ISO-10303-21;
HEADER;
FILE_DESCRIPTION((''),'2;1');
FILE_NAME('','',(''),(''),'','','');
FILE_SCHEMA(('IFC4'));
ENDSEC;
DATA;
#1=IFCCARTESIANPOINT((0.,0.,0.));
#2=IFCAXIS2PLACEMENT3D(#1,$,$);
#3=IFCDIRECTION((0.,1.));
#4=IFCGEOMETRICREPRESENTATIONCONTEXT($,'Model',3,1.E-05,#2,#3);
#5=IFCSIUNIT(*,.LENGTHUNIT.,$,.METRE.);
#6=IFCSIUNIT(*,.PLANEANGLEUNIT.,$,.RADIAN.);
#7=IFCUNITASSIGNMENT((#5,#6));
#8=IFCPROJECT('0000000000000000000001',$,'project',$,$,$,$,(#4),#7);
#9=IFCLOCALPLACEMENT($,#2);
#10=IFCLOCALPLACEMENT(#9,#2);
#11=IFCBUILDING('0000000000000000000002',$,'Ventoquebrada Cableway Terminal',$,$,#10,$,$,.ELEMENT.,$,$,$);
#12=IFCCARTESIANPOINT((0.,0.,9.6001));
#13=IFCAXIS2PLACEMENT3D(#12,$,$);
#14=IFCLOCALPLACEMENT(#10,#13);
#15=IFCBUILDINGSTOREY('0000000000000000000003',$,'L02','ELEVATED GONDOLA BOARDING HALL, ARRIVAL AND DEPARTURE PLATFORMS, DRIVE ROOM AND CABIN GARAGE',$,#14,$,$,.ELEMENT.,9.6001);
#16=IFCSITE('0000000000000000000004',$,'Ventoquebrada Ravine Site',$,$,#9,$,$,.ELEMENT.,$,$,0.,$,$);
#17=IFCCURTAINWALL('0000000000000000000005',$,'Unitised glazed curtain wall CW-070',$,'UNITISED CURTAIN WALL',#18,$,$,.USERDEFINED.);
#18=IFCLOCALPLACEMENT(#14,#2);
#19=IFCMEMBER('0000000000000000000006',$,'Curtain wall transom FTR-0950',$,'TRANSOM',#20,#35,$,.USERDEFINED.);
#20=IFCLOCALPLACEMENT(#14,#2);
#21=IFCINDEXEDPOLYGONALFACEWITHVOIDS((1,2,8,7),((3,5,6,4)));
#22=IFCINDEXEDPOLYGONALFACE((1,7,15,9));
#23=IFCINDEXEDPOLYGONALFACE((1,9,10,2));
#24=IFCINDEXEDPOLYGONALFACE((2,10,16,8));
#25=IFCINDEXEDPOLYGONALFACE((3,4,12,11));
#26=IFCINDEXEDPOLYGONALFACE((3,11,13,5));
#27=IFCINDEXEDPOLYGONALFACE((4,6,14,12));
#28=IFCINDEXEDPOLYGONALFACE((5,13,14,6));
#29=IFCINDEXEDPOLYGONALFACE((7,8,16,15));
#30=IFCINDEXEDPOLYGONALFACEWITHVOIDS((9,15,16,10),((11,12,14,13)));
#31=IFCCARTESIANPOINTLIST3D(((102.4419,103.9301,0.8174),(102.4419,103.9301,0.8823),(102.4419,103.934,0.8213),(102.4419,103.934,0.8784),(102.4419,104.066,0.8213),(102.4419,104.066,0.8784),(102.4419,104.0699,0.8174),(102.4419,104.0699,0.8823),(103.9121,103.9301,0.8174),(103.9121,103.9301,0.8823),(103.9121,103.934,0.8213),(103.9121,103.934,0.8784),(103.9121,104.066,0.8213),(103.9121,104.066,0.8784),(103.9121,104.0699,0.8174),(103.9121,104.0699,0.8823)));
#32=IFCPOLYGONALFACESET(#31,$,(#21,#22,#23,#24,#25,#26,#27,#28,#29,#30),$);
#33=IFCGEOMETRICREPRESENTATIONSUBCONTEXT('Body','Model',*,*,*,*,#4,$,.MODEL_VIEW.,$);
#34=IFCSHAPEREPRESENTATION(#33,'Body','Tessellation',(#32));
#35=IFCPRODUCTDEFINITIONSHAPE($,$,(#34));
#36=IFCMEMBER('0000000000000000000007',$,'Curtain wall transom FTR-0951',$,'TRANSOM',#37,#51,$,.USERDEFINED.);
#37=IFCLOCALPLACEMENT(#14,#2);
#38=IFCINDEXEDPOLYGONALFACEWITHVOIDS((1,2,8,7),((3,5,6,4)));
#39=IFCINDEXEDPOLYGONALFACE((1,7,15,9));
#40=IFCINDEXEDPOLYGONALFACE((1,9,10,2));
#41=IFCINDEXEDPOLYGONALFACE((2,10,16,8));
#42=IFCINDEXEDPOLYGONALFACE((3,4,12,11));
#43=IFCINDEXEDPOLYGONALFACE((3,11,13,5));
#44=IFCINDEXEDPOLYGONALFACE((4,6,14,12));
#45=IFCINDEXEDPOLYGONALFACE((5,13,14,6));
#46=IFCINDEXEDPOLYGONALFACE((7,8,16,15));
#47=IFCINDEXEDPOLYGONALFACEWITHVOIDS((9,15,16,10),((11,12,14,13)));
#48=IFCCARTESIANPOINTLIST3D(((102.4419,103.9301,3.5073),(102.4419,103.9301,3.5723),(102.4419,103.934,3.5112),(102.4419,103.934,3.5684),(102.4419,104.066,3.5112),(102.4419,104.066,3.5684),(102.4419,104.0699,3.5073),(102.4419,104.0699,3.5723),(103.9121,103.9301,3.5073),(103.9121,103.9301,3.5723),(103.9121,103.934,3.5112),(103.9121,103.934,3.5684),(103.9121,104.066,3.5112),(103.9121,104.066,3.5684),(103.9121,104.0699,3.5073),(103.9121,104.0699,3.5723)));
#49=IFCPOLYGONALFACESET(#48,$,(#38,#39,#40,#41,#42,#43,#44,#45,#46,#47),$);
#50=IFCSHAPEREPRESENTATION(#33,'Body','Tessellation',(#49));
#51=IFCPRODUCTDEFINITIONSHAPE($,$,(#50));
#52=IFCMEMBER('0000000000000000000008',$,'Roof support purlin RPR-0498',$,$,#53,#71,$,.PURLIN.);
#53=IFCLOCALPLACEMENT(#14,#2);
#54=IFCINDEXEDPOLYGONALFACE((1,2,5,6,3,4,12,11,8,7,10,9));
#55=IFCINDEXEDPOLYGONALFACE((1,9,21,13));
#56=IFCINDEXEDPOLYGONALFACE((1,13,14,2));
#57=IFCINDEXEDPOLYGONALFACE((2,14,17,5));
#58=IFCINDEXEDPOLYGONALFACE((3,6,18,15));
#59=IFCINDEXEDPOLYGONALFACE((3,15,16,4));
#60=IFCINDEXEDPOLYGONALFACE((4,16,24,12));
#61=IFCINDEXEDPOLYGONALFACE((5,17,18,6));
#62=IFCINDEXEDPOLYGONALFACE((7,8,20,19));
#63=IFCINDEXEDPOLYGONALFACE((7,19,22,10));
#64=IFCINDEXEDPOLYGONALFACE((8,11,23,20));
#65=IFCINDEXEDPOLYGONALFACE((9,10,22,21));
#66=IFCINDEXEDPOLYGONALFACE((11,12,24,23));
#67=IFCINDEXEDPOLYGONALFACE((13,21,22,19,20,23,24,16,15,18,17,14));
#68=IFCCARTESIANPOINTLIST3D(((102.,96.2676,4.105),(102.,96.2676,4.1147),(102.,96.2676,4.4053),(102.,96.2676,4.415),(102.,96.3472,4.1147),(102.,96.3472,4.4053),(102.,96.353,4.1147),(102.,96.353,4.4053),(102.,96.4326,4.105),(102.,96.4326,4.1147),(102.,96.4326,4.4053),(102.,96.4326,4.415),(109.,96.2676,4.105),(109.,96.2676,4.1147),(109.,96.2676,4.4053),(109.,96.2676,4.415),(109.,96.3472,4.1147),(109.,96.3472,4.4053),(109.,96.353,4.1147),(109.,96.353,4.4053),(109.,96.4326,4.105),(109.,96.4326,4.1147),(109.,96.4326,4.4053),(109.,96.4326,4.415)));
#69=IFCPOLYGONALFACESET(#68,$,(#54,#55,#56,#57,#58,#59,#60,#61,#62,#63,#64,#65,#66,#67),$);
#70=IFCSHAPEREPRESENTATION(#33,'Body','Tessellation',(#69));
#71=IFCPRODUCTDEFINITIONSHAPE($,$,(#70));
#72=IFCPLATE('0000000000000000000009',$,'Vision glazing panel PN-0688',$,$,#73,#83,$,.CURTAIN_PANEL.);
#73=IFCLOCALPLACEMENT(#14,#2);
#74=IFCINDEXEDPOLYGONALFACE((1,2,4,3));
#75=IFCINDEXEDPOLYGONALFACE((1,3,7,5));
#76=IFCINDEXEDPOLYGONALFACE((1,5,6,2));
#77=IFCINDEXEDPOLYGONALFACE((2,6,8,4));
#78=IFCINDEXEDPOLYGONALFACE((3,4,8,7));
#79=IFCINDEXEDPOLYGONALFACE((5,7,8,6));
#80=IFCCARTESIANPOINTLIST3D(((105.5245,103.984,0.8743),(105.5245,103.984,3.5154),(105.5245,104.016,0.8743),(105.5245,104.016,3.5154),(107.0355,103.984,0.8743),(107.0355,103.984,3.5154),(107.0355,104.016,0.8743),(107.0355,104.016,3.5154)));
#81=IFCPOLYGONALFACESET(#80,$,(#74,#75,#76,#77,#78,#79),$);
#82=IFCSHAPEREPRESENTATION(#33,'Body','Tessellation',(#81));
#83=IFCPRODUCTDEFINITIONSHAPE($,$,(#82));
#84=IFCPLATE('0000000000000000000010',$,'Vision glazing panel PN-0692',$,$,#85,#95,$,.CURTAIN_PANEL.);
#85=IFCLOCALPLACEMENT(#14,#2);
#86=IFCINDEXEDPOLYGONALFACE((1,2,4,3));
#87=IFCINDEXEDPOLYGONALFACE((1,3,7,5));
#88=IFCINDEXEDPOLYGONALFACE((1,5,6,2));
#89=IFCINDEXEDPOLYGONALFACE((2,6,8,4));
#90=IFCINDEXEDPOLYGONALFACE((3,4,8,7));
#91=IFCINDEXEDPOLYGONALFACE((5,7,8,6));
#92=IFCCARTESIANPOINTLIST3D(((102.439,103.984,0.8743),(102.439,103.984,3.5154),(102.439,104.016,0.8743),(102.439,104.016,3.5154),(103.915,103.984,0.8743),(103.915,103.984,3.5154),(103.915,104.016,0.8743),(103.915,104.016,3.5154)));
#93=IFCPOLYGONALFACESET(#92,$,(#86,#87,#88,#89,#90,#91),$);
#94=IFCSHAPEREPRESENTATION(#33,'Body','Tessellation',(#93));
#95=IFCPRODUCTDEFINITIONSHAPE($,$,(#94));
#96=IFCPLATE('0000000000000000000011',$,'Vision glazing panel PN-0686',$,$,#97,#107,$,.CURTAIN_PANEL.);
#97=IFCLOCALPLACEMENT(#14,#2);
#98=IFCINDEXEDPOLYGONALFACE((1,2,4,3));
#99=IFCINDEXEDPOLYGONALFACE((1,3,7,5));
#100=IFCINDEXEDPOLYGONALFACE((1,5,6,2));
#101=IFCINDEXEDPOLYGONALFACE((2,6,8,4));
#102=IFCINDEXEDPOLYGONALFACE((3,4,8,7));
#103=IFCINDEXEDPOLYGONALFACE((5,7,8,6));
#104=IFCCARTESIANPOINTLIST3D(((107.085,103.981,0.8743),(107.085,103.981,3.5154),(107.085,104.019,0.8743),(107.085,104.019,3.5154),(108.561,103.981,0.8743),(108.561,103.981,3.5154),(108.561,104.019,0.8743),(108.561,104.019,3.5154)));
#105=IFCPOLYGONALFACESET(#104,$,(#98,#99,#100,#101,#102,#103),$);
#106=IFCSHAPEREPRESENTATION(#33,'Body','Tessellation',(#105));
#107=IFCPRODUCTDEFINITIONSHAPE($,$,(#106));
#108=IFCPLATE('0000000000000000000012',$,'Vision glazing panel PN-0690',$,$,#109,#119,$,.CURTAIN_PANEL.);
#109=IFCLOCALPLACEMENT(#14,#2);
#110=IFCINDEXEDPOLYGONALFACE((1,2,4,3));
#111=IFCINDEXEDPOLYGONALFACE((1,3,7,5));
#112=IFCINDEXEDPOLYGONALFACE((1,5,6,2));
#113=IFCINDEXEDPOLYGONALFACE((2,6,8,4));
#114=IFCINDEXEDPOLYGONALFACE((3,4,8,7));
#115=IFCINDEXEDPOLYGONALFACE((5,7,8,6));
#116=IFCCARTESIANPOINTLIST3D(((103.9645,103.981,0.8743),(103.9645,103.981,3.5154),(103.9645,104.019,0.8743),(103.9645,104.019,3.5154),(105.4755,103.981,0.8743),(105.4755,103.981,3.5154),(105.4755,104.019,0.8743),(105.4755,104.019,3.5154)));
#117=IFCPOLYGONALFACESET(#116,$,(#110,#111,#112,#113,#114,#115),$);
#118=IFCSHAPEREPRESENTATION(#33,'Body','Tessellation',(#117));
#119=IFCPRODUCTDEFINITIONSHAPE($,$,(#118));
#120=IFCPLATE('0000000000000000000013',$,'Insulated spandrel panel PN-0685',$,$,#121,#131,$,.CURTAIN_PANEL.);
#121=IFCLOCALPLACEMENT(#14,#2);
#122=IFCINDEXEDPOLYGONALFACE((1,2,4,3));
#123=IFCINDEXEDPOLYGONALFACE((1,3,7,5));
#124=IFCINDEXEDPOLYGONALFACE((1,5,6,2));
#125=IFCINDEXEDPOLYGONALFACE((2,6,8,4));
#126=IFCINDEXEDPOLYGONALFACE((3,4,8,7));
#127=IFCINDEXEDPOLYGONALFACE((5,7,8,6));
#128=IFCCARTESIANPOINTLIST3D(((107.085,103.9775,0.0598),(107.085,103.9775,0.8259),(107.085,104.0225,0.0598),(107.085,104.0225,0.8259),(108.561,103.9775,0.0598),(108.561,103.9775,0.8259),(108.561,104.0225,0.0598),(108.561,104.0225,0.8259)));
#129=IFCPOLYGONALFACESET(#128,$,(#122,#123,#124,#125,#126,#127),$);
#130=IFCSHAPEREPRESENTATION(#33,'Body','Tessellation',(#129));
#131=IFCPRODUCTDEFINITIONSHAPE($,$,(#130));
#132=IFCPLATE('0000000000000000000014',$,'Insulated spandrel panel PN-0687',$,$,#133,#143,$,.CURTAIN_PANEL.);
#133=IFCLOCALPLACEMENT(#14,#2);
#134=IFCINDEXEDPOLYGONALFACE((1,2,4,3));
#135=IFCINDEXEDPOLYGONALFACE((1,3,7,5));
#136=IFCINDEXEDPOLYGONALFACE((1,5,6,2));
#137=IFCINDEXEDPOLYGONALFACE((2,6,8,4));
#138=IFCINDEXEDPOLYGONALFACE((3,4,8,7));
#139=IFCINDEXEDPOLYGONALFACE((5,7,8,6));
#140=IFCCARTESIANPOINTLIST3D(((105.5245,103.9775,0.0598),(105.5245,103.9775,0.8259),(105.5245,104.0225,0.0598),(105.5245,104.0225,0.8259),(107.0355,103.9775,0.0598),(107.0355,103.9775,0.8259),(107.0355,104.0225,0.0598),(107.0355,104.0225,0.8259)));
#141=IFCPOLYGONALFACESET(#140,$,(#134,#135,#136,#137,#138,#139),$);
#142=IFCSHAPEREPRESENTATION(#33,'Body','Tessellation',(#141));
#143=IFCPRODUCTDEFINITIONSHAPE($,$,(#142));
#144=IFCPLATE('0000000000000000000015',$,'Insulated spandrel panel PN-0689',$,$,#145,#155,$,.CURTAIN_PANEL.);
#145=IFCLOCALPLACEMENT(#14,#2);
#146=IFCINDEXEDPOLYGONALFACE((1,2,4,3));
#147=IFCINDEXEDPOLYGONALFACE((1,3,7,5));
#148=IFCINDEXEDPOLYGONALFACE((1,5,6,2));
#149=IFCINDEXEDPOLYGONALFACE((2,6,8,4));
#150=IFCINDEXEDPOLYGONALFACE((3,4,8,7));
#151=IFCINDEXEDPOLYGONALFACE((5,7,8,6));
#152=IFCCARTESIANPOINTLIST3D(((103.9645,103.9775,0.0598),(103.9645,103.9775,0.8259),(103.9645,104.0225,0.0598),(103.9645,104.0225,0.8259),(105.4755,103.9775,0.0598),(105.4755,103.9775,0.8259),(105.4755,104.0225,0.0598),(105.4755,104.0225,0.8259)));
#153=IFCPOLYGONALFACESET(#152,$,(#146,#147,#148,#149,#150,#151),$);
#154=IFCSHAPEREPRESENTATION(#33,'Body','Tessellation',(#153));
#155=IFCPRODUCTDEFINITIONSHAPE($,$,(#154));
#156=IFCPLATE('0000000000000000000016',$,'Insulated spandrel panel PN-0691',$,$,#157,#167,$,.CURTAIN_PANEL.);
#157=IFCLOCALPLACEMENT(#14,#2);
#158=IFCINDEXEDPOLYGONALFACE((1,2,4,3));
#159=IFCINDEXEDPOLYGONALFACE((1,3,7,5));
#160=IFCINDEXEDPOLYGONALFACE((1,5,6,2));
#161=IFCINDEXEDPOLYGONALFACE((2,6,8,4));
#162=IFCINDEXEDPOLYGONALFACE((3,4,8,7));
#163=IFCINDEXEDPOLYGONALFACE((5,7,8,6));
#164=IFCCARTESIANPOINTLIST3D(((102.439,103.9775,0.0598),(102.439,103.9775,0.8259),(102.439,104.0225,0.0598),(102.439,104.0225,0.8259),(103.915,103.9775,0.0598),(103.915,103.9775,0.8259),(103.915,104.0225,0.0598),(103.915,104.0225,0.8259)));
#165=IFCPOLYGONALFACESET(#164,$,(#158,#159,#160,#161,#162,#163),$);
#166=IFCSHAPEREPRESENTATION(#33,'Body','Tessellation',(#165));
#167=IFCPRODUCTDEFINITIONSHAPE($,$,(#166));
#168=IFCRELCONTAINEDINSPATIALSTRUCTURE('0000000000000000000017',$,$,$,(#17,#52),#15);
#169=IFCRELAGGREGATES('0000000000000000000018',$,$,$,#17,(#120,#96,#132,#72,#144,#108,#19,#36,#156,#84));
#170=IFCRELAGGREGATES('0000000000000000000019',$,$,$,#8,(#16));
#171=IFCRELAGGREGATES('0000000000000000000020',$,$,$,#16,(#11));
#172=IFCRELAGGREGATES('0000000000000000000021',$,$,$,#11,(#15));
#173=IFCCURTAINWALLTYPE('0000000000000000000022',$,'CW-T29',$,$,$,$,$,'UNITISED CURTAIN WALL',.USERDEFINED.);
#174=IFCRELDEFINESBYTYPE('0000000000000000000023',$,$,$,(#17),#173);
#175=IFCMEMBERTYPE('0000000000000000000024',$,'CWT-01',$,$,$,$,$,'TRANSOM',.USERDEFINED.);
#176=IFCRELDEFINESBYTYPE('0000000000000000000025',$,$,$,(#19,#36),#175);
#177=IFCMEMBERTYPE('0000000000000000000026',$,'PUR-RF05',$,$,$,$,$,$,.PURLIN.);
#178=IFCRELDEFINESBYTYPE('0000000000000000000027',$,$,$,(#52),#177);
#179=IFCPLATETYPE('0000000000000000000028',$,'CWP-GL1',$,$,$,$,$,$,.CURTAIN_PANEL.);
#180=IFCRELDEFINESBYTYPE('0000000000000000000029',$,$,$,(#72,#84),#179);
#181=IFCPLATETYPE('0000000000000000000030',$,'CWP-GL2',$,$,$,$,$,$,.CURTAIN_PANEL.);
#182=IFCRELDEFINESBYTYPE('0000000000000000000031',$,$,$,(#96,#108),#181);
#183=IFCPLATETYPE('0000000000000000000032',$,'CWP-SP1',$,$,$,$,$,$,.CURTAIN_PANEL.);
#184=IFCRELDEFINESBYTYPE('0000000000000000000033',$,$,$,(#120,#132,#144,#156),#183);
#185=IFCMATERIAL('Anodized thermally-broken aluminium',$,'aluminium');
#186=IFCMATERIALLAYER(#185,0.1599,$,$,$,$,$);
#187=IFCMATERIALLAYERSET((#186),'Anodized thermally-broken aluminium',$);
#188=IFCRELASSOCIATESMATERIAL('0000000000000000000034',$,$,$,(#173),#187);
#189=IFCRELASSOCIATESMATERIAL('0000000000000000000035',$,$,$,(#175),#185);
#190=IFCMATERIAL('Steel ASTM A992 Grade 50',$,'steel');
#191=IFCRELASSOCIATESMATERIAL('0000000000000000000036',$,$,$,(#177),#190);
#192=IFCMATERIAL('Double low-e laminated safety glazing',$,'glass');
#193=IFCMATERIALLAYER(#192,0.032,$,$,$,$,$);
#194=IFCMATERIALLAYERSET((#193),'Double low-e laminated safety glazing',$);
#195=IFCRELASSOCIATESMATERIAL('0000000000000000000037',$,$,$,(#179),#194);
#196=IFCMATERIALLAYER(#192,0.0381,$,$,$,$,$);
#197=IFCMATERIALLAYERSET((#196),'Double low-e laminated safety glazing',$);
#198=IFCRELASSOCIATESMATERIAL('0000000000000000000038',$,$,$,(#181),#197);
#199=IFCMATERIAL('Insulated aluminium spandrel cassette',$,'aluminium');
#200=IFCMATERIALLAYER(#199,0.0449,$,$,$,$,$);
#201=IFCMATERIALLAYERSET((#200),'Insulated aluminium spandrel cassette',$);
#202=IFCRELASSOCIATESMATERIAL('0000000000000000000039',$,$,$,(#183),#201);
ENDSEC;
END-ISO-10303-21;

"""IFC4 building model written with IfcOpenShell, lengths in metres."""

from ifc_helpers import new_model, si_unit, direction, frame, origin, origin_2d, place, context, subcontext, project, spatial, rectangle, hollow_rectangle, i_section, extrude, material, layer, layer_set, material_profile, profile_set, type_object, element, aggregate, save


model = new_model("IFC4")

# Units and contexts
model_context = context("Model", 3, precision=1e-05, world=origin(), true_north=direction((0.0, 1.0)))
body_context = subcontext(model_context, "Body", "Model", "MODEL_VIEW")
ifc_project = project(units=[si_unit("LENGTHUNIT", "METRE"), si_unit("PLANEANGLEUNIT", "RADIAN")], contexts=[model_context])

# Site, building, storey
site_placement = place(None, origin())
site = spatial("IfcSite", under=ifc_project, at=site_placement, Name="Ventoquebrada Ravine Site", CompositionType="ELEMENT", RefElevation=0.0)
building_placement = place(site_placement, origin())
building = spatial("IfcBuilding", under=site, at=building_placement, Name="Ventoquebrada Cableway Terminal", CompositionType="ELEMENT")
storey_placement = place(building_placement, frame((0.0, 0.0, 9.6001)))
storey = spatial("IfcBuildingStorey", under=building, at=storey_placement, Name="L02", Description="ELEVATED GONDOLA BOARDING HALL, ARRIVAL AND DEPARTURE PLATFORMS, DRIVE ROOM AND CABIN GARAGE", CompositionType="ELEMENT", Elevation=9.6001)

# Shared definitions
ifc_material_1 = material(Name="Anodized thermally-broken aluminium", Category="aluminium")
ifc_layer_1 = layer(ifc_material_1, 0.1599)
ifc_layer_set_1 = layer_set([ifc_layer_1], Name="Anodized thermally-broken aluminium")
curtain_wall_type = type_object("IfcCurtainWallType", Name="CW-T29", ElementType="UNITISED CURTAIN WALL", PredefinedType="USERDEFINED", material=ifc_layer_set_1)

# Curtain wall, members
curtain_wall_1_placement = place(storey_placement, origin())
curtain_wall_1 = element("IfcCurtainWall", 1, at=curtain_wall_1_placement, inside=storey, type_object=curtain_wall_type, Name="Unitised glazed curtain wall CW-070", ObjectType="UNITISED CURTAIN WALL", PredefinedType="USERDEFINED")
ifc_material_profile_1 = material_profile(ifc_material_1, hollow_rectangle(XDim=0.0649, YDim=0.1399, WallThickness=0.0039, at=origin_2d()), Name="CW-TRN-65X140")
ifc_profile_set_1 = profile_set([ifc_material_profile_1], Name="Anodized thermally-broken aluminium")
member_type_1 = type_object("IfcMemberType", Name="CWT-01", ElementType="TRANSOM", PredefinedType="USERDEFINED", material=ifc_profile_set_1)
member_1_placement = place(storey_placement, frame((103.9121, 104.0, 0.8499), z_axis=(-1.0, 0.0, 0.0), x_axis=(0.0, 0.0, 1.0)))
member_1 = element("IfcMember", 2, at=member_1_placement, type_object=member_type_1, Name="Curtain wall transom FTR-0950", ObjectType="TRANSOM", PredefinedType="USERDEFINED", context=body_context, shape_type="SweptSolid", body=[
    extrude(hollow_rectangle(XDim=0.0649, YDim=0.1399, WallThickness=0.0039, at=origin_2d()), origin(), (0.0, 0.0, 1.0), 1.4702),
])
member_2_placement = place(storey_placement, frame((103.9121, 104.0, 3.5398), z_axis=(-1.0, 0.0, 0.0), x_axis=(0.0, 0.0, 1.0)))
member_2 = element("IfcMember", 3, at=member_2_placement, type_object=member_type_1, Name="Curtain wall transom FTR-0951", ObjectType="TRANSOM", PredefinedType="USERDEFINED", context=body_context, shape_type="SweptSolid", body=[
    extrude(hollow_rectangle(XDim=0.0649, YDim=0.1399, WallThickness=0.0039, at=origin_2d()), origin(), (0.0, 0.0, 1.0), 1.4702),
])

# Member
ifc_material_2 = material(Name="Steel ASTM A992 Grade 50", Category="steel")
ifc_material_profile_2 = material_profile(ifc_material_2, i_section(OverallWidth=0.165, OverallDepth=0.3101, WebThickness=0.0059, FlangeThickness=0.0098, at=origin_2d()), Name="W12X26")
ifc_profile_set_2 = profile_set([ifc_material_profile_2], Name="Steel ASTM A992 Grade 50")
member_type_2 = type_object("IfcMemberType", Name="PUR-RF05", PredefinedType="PURLIN", material=ifc_profile_set_2)
member_3_placement = place(storey_placement, frame((102.0, 96.3501, 4.26), z_axis=(1.0, 0.0, 0.0), x_axis=(0.0, 1.0, 0.0)))
element("IfcMember", 4, at=member_3_placement, inside=storey, type_object=member_type_2, Name="Roof support purlin RPR-0498", PredefinedType="PURLIN", context=body_context, shape_type="SweptSolid", body=[
    extrude(i_section(OverallWidth=0.165, OverallDepth=0.3101, WebThickness=0.0059, FlangeThickness=0.0098, at=origin_2d()), origin(), (0.0, 0.0, 1.0), 7.0),
])

# Plates
ifc_material_3 = material(Name="Double low-e laminated safety glazing", Category="glass")
ifc_layer_2 = layer(ifc_material_3, 0.032)
ifc_layer_set_2 = layer_set([ifc_layer_2], Name="Double low-e laminated safety glazing")
plate_type_1 = type_object("IfcPlateType", Name="CWP-GL1", PredefinedType="CURTAIN_PANEL", material=ifc_layer_set_2)
plate_1_placement = place(storey_placement, frame((106.28, 104.0, 0.8743), z_axis=(0.0, 0.0, 1.0), x_axis=(-1.0, 0.0, 0.0)))
plate_1 = element("IfcPlate", 5, at=plate_1_placement, type_object=plate_type_1, Name="Vision glazing panel PN-0688", PredefinedType="CURTAIN_PANEL", context=body_context, shape_type="SweptSolid", body=[
    extrude(rectangle(XDim=1.511, YDim=0.032, at=origin_2d()), origin(), (0.0, 0.0, 1.0), 2.6411),
])
plate_2_placement = place(storey_placement, frame((103.177, 104.0, 0.8743), z_axis=(0.0, 0.0, 1.0), x_axis=(-1.0, 0.0, 0.0)))
plate_2 = element("IfcPlate", 6, at=plate_2_placement, type_object=plate_type_1, Name="Vision glazing panel PN-0692", PredefinedType="CURTAIN_PANEL", context=body_context, shape_type="SweptSolid", body=[
    extrude(rectangle(XDim=1.4761, YDim=0.032, at=origin_2d()), origin(), (0.0, 0.0, 1.0), 2.6411),
])
ifc_layer_3 = layer(ifc_material_3, 0.0381)
ifc_layer_set_3 = layer_set([ifc_layer_3], Name="Double low-e laminated safety glazing")
plate_type_2 = type_object("IfcPlateType", Name="CWP-GL2", PredefinedType="CURTAIN_PANEL", material=ifc_layer_set_3)
plate_3_placement = place(storey_placement, frame((107.823, 104.0, 0.8743), z_axis=(0.0, 0.0, 1.0), x_axis=(-1.0, 0.0, 0.0)))
plate_3 = element("IfcPlate", 7, at=plate_3_placement, type_object=plate_type_2, Name="Vision glazing panel PN-0686", PredefinedType="CURTAIN_PANEL", context=body_context, shape_type="SweptSolid", body=[
    extrude(rectangle(XDim=1.4761, YDim=0.0381, at=origin_2d()), origin(), (0.0, 0.0, 1.0), 2.6411),
])
plate_4_placement = place(storey_placement, frame((104.72, 104.0, 0.8743), z_axis=(0.0, 0.0, 1.0), x_axis=(-1.0, 0.0, 0.0)))
plate_4 = element("IfcPlate", 8, at=plate_4_placement, type_object=plate_type_2, Name="Vision glazing panel PN-0690", PredefinedType="CURTAIN_PANEL", context=body_context, shape_type="SweptSolid", body=[
    extrude(rectangle(XDim=1.511, YDim=0.0381, at=origin_2d()), origin(), (0.0, 0.0, 1.0), 2.6411),
])
ifc_material_4 = material(Name="Insulated aluminium spandrel cassette", Category="aluminium")
ifc_layer_4 = layer(ifc_material_4, 0.0449)
ifc_layer_set_4 = layer_set([ifc_layer_4], Name="Insulated aluminium spandrel cassette")
plate_type_3 = type_object("IfcPlateType", Name="CWP-SP1", PredefinedType="CURTAIN_PANEL", material=ifc_layer_set_4)
plate_5_placement = place(storey_placement, frame((107.823, 104.0, 0.0598), z_axis=(0.0, 0.0, 1.0), x_axis=(-1.0, 0.0, 0.0)))
plate_5 = element("IfcPlate", 9, at=plate_5_placement, type_object=plate_type_3, Name="Insulated spandrel panel PN-0685", PredefinedType="CURTAIN_PANEL", context=body_context, shape_type="SweptSolid", body=[
    extrude(rectangle(XDim=1.4761, YDim=0.0449, at=origin_2d()), origin(), (0.0, 0.0, 1.0), 0.7661),
])
plate_6_placement = place(storey_placement, frame((106.28, 104.0, 0.0598), z_axis=(0.0, 0.0, 1.0), x_axis=(-1.0, 0.0, 0.0)))
plate_6 = element("IfcPlate", 10, at=plate_6_placement, type_object=plate_type_3, Name="Insulated spandrel panel PN-0687", PredefinedType="CURTAIN_PANEL", context=body_context, shape_type="SweptSolid", body=[
    extrude(rectangle(XDim=1.511, YDim=0.0449, at=origin_2d()), origin(), (0.0, 0.0, 1.0), 0.7661),
])
plate_7_placement = place(storey_placement, frame((104.72, 104.0, 0.0598), z_axis=(0.0, 0.0, 1.0), x_axis=(-1.0, 0.0, 0.0)))
plate_7 = element("IfcPlate", 11, at=plate_7_placement, type_object=plate_type_3, Name="Insulated spandrel panel PN-0689", PredefinedType="CURTAIN_PANEL", context=body_context, shape_type="SweptSolid", body=[
    extrude(rectangle(XDim=1.511, YDim=0.0449, at=origin_2d()), origin(), (0.0, 0.0, 1.0), 0.7661),
])
plate_8_placement = place(storey_placement, frame((103.177, 104.0, 0.0598), z_axis=(0.0, 0.0, 1.0), x_axis=(-1.0, 0.0, 0.0)))
plate_8 = element("IfcPlate", 12, at=plate_8_placement, type_object=plate_type_3, Name="Insulated spandrel panel PN-0691", PredefinedType="CURTAIN_PANEL", context=body_context, shape_type="SweptSolid", body=[
    extrude(rectangle(XDim=1.4761, YDim=0.0449, at=origin_2d()), origin(), (0.0, 0.0, 1.0), 0.7661),
])
aggregate(curtain_wall_1, [plate_5, plate_3, plate_6, plate_1, plate_7, plate_4, member_1, member_2, plate_8, plate_2])

save(model, "model.ifc")
